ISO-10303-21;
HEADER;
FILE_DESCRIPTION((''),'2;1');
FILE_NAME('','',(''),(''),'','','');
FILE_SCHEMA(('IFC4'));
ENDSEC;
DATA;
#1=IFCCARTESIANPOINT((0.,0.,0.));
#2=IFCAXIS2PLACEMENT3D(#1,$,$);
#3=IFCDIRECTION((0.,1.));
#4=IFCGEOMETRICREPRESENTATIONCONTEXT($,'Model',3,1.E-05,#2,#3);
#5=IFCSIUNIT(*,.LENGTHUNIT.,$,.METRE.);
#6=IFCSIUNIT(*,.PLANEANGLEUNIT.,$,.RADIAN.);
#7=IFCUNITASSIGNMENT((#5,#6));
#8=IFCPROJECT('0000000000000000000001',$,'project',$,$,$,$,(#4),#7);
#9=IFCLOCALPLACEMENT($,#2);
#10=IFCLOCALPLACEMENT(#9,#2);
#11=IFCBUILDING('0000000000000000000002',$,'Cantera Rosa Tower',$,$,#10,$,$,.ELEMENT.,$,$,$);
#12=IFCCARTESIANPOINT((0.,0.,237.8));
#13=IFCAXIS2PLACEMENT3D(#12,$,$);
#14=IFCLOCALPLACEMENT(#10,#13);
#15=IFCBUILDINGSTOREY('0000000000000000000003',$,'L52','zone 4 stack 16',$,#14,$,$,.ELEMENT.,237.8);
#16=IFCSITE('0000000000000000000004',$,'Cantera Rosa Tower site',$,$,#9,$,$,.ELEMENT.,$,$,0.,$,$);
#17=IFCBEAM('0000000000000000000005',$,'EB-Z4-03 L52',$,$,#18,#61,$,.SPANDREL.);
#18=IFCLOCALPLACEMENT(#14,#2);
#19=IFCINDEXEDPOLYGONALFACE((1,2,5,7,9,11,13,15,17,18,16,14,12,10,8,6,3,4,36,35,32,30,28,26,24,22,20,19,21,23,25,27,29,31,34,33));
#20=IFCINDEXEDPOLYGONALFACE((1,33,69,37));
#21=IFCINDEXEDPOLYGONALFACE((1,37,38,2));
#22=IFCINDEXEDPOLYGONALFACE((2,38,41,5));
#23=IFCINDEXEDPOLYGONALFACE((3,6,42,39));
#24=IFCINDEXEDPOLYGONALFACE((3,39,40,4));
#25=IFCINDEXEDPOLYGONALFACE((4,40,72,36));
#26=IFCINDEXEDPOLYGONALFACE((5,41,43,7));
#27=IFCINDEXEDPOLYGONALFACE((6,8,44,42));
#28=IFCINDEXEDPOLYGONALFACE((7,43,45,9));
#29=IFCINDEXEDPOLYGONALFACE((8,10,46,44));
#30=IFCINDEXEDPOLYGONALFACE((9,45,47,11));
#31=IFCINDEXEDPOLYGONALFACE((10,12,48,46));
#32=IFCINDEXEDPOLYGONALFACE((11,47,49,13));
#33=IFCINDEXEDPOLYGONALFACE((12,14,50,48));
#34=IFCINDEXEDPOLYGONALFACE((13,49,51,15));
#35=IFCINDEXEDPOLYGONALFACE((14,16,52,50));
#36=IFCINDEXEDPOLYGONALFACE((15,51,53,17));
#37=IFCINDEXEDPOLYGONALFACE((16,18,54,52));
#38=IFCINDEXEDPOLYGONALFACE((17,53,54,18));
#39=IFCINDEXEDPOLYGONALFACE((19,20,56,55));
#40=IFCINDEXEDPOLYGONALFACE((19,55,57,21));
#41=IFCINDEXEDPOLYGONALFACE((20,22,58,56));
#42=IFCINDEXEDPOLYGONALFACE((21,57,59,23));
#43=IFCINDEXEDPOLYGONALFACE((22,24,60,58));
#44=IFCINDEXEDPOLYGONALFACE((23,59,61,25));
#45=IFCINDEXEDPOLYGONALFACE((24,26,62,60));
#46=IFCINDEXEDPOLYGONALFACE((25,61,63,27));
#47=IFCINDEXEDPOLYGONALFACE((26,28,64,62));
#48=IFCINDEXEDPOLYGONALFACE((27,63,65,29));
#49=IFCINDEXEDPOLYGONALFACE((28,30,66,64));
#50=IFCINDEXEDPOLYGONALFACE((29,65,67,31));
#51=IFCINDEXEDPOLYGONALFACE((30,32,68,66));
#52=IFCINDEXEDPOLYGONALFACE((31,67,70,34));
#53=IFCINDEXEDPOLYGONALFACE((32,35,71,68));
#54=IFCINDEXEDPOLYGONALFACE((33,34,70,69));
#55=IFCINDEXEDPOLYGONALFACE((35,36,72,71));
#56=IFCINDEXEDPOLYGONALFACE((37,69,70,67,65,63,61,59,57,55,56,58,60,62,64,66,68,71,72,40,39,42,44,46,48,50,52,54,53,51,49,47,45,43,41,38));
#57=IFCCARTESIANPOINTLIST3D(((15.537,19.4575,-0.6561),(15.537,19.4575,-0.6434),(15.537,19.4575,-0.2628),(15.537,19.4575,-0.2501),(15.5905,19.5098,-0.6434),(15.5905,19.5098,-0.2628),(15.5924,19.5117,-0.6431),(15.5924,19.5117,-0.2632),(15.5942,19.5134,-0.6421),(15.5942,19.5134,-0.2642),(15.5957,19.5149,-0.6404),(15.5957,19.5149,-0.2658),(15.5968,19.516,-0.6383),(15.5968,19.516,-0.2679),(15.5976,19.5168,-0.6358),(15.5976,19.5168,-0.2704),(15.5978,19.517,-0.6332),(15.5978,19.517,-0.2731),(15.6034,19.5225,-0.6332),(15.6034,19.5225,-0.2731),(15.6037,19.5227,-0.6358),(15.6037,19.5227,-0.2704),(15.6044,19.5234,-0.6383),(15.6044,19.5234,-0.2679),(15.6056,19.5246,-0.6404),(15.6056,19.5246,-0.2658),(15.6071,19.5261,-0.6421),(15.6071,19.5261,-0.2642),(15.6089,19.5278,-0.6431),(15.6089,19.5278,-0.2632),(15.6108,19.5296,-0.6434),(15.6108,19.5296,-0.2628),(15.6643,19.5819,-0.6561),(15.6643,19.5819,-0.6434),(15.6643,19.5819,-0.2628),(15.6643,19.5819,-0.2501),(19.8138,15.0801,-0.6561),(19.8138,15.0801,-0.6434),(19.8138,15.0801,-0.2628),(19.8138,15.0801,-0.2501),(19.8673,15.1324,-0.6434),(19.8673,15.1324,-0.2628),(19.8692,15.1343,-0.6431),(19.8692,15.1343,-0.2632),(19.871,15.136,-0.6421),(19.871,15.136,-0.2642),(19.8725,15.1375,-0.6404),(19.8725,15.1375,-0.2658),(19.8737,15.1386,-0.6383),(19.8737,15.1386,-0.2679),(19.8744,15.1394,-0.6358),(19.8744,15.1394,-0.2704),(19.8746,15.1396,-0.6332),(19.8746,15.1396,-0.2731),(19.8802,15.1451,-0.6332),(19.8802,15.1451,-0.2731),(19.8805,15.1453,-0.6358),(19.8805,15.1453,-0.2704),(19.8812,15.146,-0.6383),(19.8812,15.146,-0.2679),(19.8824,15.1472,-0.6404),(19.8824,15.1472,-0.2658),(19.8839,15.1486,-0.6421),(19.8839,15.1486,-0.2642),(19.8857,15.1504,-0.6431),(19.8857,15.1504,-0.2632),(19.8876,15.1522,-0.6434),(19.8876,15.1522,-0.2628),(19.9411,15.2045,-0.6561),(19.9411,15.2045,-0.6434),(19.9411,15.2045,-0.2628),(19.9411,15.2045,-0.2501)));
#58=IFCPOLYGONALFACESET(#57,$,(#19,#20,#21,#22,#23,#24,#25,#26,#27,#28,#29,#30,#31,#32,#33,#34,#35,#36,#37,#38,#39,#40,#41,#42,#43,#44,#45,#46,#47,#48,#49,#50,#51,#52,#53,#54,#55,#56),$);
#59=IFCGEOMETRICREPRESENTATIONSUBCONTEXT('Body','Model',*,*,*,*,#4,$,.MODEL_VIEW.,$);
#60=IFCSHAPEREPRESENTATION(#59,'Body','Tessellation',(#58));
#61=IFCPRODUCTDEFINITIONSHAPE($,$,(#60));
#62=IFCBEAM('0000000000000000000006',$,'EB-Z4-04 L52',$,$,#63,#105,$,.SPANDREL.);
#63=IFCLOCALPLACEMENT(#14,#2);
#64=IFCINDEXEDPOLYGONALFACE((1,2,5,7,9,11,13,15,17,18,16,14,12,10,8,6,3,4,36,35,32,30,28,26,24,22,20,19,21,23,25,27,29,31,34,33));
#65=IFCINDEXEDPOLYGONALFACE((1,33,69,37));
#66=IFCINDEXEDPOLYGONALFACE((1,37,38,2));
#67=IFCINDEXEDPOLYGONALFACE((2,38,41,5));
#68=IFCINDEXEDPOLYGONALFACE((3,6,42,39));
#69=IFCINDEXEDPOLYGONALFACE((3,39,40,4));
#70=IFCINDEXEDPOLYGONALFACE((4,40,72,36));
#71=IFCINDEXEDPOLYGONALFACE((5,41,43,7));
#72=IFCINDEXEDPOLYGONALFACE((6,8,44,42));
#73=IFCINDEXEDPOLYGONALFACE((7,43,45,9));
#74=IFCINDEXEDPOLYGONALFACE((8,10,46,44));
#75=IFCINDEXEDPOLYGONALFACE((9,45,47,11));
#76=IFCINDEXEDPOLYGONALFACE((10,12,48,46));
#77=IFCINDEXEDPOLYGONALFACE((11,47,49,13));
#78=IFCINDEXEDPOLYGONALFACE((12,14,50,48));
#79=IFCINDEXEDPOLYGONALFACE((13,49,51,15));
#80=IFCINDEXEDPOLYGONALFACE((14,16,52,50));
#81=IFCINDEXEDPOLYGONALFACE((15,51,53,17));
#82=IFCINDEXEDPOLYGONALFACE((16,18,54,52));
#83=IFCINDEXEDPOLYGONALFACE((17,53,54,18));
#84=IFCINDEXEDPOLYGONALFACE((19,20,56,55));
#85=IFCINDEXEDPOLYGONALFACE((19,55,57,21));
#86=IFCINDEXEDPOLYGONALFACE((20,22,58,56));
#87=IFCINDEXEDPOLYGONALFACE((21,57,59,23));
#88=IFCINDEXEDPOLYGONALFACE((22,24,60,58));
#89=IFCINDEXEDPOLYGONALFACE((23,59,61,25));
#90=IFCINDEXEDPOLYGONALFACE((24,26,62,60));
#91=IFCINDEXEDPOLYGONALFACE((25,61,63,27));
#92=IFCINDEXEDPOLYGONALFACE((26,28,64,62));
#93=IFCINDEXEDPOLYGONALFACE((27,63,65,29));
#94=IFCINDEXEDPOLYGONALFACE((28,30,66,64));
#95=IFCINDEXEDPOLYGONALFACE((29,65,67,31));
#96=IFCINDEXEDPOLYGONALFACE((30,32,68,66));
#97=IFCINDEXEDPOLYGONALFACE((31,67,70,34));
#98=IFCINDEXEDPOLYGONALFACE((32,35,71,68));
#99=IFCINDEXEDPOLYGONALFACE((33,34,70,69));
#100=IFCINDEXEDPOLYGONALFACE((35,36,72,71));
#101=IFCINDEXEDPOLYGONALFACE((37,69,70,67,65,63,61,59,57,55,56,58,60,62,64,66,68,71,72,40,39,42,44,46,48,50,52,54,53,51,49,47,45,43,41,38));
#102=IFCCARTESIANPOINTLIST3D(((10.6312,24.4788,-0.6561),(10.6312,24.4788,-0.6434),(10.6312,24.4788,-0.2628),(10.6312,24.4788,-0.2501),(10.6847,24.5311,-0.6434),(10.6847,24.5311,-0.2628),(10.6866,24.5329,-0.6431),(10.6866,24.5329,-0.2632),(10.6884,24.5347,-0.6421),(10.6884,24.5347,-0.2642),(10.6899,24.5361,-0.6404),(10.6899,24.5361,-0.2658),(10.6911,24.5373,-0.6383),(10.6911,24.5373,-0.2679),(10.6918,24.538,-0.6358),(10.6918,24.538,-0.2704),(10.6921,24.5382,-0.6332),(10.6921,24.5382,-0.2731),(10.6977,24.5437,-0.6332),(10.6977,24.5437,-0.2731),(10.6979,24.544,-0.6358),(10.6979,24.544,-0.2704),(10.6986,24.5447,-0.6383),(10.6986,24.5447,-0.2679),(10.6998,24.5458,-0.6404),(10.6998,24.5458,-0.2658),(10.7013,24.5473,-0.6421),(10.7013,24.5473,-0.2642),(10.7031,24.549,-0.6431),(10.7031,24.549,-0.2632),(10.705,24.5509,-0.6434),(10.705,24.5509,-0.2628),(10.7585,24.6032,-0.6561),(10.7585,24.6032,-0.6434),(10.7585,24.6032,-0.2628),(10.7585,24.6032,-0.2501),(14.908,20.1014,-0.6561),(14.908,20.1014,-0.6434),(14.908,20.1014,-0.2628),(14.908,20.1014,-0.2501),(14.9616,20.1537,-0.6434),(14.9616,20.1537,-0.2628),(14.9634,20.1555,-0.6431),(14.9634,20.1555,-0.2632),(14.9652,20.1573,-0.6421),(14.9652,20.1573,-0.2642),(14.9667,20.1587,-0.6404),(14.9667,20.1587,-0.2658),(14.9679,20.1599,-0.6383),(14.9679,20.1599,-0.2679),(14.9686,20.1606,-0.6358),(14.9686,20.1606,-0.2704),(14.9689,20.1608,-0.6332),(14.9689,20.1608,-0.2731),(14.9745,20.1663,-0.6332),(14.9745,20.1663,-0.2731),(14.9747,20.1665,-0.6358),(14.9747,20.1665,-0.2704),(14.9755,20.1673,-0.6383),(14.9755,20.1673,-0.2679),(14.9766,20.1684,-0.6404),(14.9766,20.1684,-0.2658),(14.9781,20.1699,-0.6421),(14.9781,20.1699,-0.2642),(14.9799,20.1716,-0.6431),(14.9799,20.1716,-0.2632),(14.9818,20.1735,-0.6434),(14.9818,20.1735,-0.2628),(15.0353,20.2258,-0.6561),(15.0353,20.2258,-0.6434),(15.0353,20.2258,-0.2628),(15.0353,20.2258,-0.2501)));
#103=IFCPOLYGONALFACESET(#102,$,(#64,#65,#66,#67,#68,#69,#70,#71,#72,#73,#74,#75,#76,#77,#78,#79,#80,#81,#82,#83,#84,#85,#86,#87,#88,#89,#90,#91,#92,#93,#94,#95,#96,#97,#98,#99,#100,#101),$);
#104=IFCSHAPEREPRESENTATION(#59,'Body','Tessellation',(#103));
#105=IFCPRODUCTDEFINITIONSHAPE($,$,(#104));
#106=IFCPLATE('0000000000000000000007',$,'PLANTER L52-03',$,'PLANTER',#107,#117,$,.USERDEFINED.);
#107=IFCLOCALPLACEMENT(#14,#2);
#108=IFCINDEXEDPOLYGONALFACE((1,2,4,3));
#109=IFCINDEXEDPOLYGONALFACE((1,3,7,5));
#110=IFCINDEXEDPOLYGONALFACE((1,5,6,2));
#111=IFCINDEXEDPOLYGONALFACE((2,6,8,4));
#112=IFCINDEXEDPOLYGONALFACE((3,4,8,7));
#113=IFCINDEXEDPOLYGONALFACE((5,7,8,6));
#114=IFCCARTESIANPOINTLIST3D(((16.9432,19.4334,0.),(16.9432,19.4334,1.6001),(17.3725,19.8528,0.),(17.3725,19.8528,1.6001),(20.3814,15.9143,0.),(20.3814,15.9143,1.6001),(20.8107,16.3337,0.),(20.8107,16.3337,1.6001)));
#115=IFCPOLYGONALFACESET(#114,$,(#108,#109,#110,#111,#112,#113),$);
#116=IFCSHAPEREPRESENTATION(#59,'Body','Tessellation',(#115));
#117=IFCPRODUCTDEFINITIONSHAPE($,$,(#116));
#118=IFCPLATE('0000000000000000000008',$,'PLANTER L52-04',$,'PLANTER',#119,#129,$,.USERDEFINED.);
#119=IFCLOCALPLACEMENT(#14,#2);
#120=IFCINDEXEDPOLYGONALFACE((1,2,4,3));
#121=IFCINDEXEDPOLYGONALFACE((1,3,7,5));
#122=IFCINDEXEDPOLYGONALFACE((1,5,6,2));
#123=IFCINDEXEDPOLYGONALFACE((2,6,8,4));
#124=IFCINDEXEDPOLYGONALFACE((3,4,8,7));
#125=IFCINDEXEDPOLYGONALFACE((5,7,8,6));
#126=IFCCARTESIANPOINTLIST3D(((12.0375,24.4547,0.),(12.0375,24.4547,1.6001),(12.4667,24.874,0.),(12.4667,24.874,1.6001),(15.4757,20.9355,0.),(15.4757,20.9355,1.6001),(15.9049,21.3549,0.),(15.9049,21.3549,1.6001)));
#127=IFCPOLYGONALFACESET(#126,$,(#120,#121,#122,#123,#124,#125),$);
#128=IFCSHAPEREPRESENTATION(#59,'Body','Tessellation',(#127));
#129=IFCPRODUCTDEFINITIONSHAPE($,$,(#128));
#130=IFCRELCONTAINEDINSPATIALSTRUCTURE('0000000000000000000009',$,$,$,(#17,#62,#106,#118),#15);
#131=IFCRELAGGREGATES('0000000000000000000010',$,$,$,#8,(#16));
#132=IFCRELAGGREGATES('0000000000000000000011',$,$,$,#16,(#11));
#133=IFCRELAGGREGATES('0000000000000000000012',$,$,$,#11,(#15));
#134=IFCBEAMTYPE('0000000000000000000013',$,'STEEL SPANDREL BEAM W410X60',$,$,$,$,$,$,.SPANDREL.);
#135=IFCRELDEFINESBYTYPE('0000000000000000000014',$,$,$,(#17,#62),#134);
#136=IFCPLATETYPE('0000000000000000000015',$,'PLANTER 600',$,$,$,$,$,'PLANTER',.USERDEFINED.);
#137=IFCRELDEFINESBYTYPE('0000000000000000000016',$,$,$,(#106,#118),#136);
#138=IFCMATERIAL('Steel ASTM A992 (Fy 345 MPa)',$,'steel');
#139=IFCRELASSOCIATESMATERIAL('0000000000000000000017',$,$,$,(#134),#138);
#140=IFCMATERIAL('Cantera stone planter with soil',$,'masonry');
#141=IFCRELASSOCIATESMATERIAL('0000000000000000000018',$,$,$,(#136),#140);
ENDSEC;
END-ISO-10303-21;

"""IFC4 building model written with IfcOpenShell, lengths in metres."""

from ifc_helpers import new_model, si_unit, direction, frame, origin, origin_2d, place, context, subcontext, project, spatial, rectangle, i_section, extrude, material, material_profile, profile_set, type_object, element, save


model = new_model("IFC4")

# Units and contexts
model_context = context("Model", 3, precision=1e-05, world=origin(), true_north=direction((0.0, 1.0)))
body_context = subcontext(model_context, "Body", "Model", "MODEL_VIEW")
ifc_project = project(units=[si_unit("LENGTHUNIT", "METRE"), si_unit("PLANEANGLEUNIT", "RADIAN")], contexts=[model_context])

# Site, building, storey
site_placement = place(None, origin())
site = spatial("IfcSite", under=ifc_project, at=site_placement, Name="Cantera Rosa Tower site", CompositionType="ELEMENT", RefElevation=0.0)
building_placement = place(site_placement, origin())
building = spatial("IfcBuilding", under=site, at=building_placement, Name="Cantera Rosa Tower", CompositionType="ELEMENT")
storey_placement = place(building_placement, frame((0.0, 0.0, 237.8)))
storey = spatial("IfcBuildingStorey", under=building, at=storey_placement, Name="L52", Description="zone 4 stack 16", CompositionType="ELEMENT", Elevation=237.8)

# Beams
ifc_material_1 = material(Name="Steel ASTM A992 (Fy 345 MPa)", Category="steel")
ifc_material_profile_1 = material_profile(ifc_material_1, i_section(OverallWidth=0.178, OverallDepth=0.406, WebThickness=0.0078, FlangeThickness=0.0127, FilletRadius=0.0103, at=origin_2d()), Name="W410X60")
ifc_profile_set_1 = profile_set([ifc_material_profile_1], Name="Steel ASTM A992 (Fy 345 MPa)")
beam_type_1 = type_object("IfcBeamType", Name="STEEL SPANDREL BEAM W410X60", PredefinedType="SPANDREL", material=ifc_profile_set_1)
for number, where, z_axis, x_axis, name in (
    (1, (19.8774, 15.1423, -0.4531), (-0.698841, 0.715277, 0.0), (-0.715277, -0.698841, 0.0), "EB-Z4-03 L52"),
    (2, (14.9717, 20.1636, -0.4531), (-0.698841, 0.715277, 0.0), (-0.715277, -0.698841, 0.0), "EB-Z4-04 L52"),
):
    element("IfcBeam", number, at=place(storey_placement, frame(where, z_axis=z_axis, x_axis=x_axis)), inside=storey, type_object=beam_type_1, Name=name, PredefinedType="SPANDREL", context=body_context, shape_type="SweptSolid", body=[
        extrude(i_section(OverallWidth=0.178, OverallDepth=0.406, WebThickness=0.0078, FlangeThickness=0.0127, FilletRadius=0.0103, at=origin_2d()), origin(), (0.0, 0.0, 1.0), 6.1199),
    ])

# Plates
ifc_material_2 = material(Name="Cantera stone planter with soil", Category="masonry")
plate_type = type_object("IfcPlateType", Name="PLANTER 600", ElementType="PLANTER", PredefinedType="USERDEFINED", material=ifc_material_2)
for number, where, z_axis, x_axis, name in (
    (3, (18.877, 17.8835, 0.0), (0.0, 0.0, 1.0), (-0.698832, 0.715286, 0.0), "PLANTER L52-03"),
    (4, (13.9712, 22.9048, 0.0), (0.0, 0.0, 1.0), (-0.698832, 0.715286, 0.0), "PLANTER L52-04"),
):
    element("IfcPlate", number, at=place(storey_placement, frame(where, z_axis=z_axis, x_axis=x_axis)), inside=storey, type_object=plate_type, Name=name, ObjectType="PLANTER", PredefinedType="USERDEFINED", context=body_context, shape_type="SweptSolid", body=[
        extrude(rectangle(XDim=4.9199, YDim=0.6001, at=origin_2d()), origin(), (0.0, 0.0, 1.0), 1.6001),
    ])

save(model, "model.ifc")
